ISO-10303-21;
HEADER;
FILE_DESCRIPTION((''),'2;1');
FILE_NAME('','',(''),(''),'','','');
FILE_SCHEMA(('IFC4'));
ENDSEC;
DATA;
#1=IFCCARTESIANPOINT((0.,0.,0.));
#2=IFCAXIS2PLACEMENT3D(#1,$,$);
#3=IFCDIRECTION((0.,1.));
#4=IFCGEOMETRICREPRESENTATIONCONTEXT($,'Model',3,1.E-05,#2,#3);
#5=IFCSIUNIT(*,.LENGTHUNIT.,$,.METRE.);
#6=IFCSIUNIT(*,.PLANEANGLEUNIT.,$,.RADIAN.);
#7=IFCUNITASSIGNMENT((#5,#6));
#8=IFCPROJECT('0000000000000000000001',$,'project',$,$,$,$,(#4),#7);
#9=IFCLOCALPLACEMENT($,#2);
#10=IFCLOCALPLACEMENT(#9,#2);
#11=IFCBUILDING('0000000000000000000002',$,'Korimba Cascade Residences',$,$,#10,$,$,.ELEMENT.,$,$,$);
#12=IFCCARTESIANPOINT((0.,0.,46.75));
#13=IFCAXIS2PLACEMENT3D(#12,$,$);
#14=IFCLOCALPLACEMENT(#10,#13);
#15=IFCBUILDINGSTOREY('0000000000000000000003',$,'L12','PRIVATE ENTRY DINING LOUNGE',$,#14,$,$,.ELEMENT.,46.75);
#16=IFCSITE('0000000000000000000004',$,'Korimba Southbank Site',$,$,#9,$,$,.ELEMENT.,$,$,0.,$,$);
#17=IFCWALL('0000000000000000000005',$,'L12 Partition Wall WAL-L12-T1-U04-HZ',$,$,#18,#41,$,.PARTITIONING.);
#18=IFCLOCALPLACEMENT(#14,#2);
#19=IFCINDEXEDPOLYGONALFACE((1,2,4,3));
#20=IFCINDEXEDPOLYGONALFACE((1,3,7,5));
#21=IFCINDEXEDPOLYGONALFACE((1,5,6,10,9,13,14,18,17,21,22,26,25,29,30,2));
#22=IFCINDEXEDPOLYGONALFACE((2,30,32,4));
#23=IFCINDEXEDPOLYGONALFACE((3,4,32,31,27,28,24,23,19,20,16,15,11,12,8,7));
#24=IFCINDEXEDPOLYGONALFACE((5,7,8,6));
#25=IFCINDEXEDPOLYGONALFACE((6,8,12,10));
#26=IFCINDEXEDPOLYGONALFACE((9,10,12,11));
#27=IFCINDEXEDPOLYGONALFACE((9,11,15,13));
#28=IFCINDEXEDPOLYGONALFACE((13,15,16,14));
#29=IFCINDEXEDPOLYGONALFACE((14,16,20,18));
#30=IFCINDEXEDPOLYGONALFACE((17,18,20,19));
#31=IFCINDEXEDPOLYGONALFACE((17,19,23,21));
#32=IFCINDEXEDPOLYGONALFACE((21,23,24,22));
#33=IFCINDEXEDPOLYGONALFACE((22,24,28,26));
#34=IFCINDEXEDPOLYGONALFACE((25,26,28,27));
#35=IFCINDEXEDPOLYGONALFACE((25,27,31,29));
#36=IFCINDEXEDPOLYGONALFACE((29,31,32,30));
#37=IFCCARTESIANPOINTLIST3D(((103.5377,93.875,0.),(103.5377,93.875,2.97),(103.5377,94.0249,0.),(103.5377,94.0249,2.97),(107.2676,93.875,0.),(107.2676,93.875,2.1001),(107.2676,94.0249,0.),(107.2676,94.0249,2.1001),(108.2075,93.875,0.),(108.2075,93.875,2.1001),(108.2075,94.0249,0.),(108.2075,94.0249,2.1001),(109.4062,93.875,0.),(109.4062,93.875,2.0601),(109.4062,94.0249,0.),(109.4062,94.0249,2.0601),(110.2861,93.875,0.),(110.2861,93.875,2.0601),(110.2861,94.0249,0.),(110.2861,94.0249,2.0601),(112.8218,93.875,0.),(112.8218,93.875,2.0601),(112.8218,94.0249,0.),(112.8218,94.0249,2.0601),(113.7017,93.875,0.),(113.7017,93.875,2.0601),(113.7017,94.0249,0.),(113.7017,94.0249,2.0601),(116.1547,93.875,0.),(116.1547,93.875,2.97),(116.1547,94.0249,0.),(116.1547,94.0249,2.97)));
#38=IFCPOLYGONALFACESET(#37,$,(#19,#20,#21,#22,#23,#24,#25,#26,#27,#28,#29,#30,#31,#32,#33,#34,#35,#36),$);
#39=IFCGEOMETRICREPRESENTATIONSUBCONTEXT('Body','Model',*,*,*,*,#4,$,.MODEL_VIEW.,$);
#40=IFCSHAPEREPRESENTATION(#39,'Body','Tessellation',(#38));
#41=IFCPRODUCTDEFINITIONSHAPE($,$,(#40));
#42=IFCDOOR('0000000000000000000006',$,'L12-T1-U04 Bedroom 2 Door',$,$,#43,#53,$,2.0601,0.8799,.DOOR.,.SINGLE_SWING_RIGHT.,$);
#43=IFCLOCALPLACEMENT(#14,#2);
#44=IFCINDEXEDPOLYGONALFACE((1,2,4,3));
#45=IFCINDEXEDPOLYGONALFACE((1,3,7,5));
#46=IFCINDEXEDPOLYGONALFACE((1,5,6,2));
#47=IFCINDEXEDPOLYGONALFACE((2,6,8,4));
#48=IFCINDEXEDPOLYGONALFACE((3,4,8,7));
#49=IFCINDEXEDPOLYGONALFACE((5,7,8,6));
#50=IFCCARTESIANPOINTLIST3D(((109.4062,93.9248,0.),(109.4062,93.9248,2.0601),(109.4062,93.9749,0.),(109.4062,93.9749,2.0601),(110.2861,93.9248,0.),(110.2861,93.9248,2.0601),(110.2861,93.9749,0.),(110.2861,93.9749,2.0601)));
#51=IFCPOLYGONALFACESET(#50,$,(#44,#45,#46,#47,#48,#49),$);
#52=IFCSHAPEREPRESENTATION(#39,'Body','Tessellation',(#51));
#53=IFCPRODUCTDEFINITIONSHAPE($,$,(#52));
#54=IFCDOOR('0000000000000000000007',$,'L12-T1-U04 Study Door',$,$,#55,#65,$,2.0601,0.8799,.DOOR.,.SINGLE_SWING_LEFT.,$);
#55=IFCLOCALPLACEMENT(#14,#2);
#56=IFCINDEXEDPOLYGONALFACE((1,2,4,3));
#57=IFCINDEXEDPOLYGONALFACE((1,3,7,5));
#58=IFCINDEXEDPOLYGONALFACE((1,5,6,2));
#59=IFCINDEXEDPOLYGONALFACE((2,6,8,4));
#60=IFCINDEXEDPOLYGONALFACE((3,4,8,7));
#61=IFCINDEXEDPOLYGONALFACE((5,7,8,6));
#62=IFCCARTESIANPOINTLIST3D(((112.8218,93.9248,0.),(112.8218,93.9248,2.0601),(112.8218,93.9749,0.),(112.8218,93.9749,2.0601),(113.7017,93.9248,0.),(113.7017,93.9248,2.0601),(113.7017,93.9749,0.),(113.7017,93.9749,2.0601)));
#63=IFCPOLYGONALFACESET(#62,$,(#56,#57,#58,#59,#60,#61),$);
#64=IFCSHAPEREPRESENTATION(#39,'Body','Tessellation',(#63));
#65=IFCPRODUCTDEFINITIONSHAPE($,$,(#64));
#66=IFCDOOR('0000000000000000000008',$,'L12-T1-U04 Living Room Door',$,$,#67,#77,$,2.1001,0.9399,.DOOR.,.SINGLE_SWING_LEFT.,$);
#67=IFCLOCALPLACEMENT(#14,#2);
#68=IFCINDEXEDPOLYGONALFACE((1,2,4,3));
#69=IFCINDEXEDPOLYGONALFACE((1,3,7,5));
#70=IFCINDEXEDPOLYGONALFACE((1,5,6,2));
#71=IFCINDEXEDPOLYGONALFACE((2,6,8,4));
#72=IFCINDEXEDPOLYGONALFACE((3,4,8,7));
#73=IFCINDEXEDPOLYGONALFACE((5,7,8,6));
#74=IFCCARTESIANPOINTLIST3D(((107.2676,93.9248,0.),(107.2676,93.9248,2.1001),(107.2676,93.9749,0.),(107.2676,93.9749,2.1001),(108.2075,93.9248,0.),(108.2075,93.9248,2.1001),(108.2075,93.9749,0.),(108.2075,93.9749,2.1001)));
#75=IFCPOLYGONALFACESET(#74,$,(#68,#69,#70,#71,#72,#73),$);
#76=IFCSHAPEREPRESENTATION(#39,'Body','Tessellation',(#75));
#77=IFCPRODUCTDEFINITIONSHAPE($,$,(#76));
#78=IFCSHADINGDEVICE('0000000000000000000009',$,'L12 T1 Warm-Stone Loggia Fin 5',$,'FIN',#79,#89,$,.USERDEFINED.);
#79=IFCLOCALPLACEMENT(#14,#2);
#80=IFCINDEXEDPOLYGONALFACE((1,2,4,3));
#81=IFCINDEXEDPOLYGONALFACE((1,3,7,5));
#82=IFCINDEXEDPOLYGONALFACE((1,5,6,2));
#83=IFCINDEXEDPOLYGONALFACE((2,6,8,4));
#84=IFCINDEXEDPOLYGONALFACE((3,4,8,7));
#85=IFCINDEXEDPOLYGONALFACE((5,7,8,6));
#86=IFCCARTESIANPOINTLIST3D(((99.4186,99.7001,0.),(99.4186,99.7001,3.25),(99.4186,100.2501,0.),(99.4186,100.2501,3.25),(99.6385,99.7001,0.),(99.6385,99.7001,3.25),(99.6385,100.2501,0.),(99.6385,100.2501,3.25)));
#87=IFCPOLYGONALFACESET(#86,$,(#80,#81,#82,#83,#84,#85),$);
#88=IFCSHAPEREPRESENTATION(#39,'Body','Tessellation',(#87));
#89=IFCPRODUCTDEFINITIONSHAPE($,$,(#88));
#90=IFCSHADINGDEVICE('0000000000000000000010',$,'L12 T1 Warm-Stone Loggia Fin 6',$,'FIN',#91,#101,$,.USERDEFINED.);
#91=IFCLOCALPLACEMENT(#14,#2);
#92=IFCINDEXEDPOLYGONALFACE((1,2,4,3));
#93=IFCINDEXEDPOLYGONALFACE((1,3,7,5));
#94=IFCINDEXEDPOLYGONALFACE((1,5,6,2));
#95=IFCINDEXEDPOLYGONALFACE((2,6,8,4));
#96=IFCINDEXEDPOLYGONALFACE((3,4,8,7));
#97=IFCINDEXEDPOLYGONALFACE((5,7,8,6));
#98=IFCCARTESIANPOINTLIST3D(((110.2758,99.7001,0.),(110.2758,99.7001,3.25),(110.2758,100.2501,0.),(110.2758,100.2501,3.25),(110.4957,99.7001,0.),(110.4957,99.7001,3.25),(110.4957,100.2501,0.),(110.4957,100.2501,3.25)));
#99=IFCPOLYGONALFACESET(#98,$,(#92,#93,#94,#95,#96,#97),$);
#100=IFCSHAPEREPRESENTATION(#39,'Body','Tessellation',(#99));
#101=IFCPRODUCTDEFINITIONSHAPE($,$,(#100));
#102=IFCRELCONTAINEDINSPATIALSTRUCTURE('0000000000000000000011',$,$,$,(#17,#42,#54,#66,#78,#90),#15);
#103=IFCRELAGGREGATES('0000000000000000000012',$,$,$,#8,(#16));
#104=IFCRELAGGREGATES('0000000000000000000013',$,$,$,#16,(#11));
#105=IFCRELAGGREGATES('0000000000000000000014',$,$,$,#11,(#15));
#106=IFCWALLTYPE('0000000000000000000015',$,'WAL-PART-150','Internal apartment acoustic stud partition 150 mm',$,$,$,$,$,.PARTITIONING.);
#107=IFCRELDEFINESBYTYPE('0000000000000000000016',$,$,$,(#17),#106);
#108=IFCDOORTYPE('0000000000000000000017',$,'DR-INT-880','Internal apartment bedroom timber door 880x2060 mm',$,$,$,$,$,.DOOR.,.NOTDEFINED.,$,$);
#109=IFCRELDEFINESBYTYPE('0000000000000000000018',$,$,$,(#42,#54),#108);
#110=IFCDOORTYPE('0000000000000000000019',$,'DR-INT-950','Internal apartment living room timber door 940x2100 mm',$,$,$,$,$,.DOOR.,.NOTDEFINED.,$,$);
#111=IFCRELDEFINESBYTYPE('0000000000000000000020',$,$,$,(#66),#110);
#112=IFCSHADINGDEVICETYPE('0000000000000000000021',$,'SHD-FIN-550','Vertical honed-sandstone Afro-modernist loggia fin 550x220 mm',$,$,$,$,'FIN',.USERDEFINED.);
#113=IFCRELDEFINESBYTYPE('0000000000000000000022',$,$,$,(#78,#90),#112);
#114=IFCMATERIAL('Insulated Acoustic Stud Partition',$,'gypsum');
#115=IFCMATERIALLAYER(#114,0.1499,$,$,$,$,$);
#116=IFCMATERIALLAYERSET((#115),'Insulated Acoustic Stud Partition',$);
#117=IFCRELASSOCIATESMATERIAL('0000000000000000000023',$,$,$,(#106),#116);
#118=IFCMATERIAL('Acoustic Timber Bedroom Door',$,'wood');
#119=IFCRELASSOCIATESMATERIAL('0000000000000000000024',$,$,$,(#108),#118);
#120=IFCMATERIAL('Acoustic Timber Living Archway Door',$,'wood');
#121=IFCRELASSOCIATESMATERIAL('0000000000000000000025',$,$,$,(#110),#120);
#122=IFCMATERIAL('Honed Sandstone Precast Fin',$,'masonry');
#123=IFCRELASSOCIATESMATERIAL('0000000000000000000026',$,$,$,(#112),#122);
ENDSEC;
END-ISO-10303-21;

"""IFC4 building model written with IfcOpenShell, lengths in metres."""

from ifc_helpers import new_model, si_unit, direction, frame, frame_2d, origin, origin_2d, place, context, subcontext, project, spatial, rectangle, extrude, material, layer, layer_set, type_object, element, fill, save


model = new_model("IFC4")

# Units and contexts
model_context = context("Model", 3, precision=1e-05, world=origin(), true_north=direction((0.0, 1.0)))
body_context = subcontext(model_context, "Body", "Model", "MODEL_VIEW")
ifc_project = project(units=[si_unit("LENGTHUNIT", "METRE"), si_unit("PLANEANGLEUNIT", "RADIAN")], contexts=[model_context])

# Site, building, storey
site_placement = place(None, origin())
site = spatial("IfcSite", under=ifc_project, at=site_placement, Name="Korimba Southbank Site", CompositionType="ELEMENT", RefElevation=0.0)
building_placement = place(site_placement, origin())
building = spatial("IfcBuilding", under=site, at=building_placement, Name="Korimba Cascade Residences", CompositionType="ELEMENT")
storey_placement = place(building_placement, frame((0.0, 0.0, 46.75)))
storey = spatial("IfcBuildingStorey", under=building, at=storey_placement, Name="L12", Description="PRIVATE ENTRY DINING LOUNGE", CompositionType="ELEMENT", Elevation=46.75)

# Shared definitions
ifc_material_1 = material(Name="Insulated Acoustic Stud Partition", Category="gypsum")
ifc_layer = layer(ifc_material_1, 0.1499)
ifc_layer_set = layer_set([ifc_layer], Name="Insulated Acoustic Stud Partition")
wall_type = type_object("IfcWallType", Name="WAL-PART-150", Description="Internal apartment acoustic stud partition 150 mm", PredefinedType="PARTITIONING", material=ifc_layer_set)

# Wall, openings, doors
wall_1_placement = place(storey_placement, frame((103.5376, 93.95, 0.0), z_axis=(0.0, 0.0, 1.0), x_axis=(1.0, 0.0, 0.0)))
wall_1 = element("IfcWall", 1, at=wall_1_placement, inside=storey, type_object=wall_type, Name="L12 Partition Wall WAL-L12-T1-U04-HZ", PredefinedType="PARTITIONING", context=body_context, shape_type="SweptSolid", body=[
    extrude(rectangle(XDim=12.6169, YDim=0.1499, at=frame_2d((6.3086, 0.0))), origin(), (0.0, 0.0, 1.0), 2.97),
])
opening_1_placement = place(wall_1_placement, frame((3.73, 0.0, 0.0)))
opening_1 = element("IfcOpeningElement", 2, at=opening_1_placement, cuts=wall_1, PredefinedType="OPENING", context=body_context, shape_type="SweptSolid", body=[
    extrude(rectangle(XDim=0.9399, YDim=2.1001, at=frame_2d((0.47, 1.05))), frame((0.0, 0.085, 0.0), z_axis=(0.0, -1.0, 0.0), x_axis=(1.0, 0.0, 0.0)), (0.0, 0.0, 1.0), 0.1699),
])
opening_2_placement = place(wall_1_placement, frame((5.8687, 0.0, 0.0)))
opening_2 = element("IfcOpeningElement", 3, at=opening_2_placement, cuts=wall_1, PredefinedType="OPENING", context=body_context, shape_type="SweptSolid", body=[
    extrude(rectangle(XDim=0.8799, YDim=2.0601, at=frame_2d((0.4399, 1.03))), frame((0.0, 0.085, 0.0), z_axis=(0.0, -1.0, 0.0), x_axis=(1.0, 0.0, 0.0)), (0.0, 0.0, 1.0), 0.1699),
])
opening_3_placement = place(wall_1_placement, frame((9.2842, 0.0, 0.0)))
opening_3 = element("IfcOpeningElement", 4, at=opening_3_placement, cuts=wall_1, PredefinedType="OPENING", context=body_context, shape_type="SweptSolid", body=[
    extrude(rectangle(XDim=0.8799, YDim=2.0601, at=frame_2d((0.4399, 1.03))), frame((0.0, 0.085, 0.0), z_axis=(0.0, -1.0, 0.0), x_axis=(1.0, 0.0, 0.0)), (0.0, 0.0, 1.0), 0.1699),
])
ifc_material_2 = material(Name="Acoustic Timber Bedroom Door", Category="wood")
door_type_1 = type_object("IfcDoorType", Name="DR-INT-880", Description="Internal apartment bedroom timber door 880x2060 mm", OperationType="NOTDEFINED", PredefinedType="DOOR", material=ifc_material_2)
door_1_placement = place(opening_2_placement, origin())
door_1 = element("IfcDoor", 5, at=door_1_placement, inside=storey, type_object=door_type_1, Name="L12-T1-U04 Bedroom 2 Door", OperationType="SINGLE_SWING_RIGHT", OverallHeight=2.0601, OverallWidth=0.8799, PredefinedType="DOOR", context=body_context, shape_type="SweptSolid", body=[
    extrude(rectangle(XDim=0.8799, YDim=2.0601, at=frame_2d((0.4399, 1.03))), frame((0.0, 0.0249, 0.0), z_axis=(0.0, -1.0, 0.0), x_axis=(1.0, 0.0, 0.0)), (0.0, 0.0, 1.0), 0.05),
])
fill(opening_2, door_1)
door_2_placement = place(opening_3_placement, origin())
door_2 = element("IfcDoor", 6, at=door_2_placement, inside=storey, type_object=door_type_1, Name="L12-T1-U04 Study Door", OperationType="SINGLE_SWING_LEFT", OverallHeight=2.0601, OverallWidth=0.8799, PredefinedType="DOOR", context=body_context, shape_type="SweptSolid", body=[
    extrude(rectangle(XDim=0.8799, YDim=2.0601, at=frame_2d((0.4399, 1.03))), frame((0.0, 0.0249, 0.0), z_axis=(0.0, -1.0, 0.0), x_axis=(1.0, 0.0, 0.0)), (0.0, 0.0, 1.0), 0.05),
])
fill(opening_3, door_2)
ifc_material_3 = material(Name="Acoustic Timber Living Archway Door", Category="wood")
door_type_2 = type_object("IfcDoorType", Name="DR-INT-950", Description="Internal apartment living room timber door 940x2100 mm", OperationType="NOTDEFINED", PredefinedType="DOOR", material=ifc_material_3)
door_3_placement = place(opening_1_placement, origin())
door_3 = element("IfcDoor", 7, at=door_3_placement, inside=storey, type_object=door_type_2, Name="L12-T1-U04 Living Room Door", OperationType="SINGLE_SWING_LEFT", OverallHeight=2.1001, OverallWidth=0.9399, PredefinedType="DOOR", context=body_context, shape_type="SweptSolid", body=[
    extrude(rectangle(XDim=0.9399, YDim=2.1001, at=frame_2d((0.47, 1.05))), frame((0.0, 0.0249, 0.0), z_axis=(0.0, -1.0, 0.0), x_axis=(1.0, 0.0, 0.0)), (0.0, 0.0, 1.0), 0.05),
])
fill(opening_1, door_3)

# Shading devices
ifc_material_4 = material(Name="Honed Sandstone Precast Fin", Category="masonry")
shading_device_type = type_object("IfcShadingDeviceType", Name="SHD-FIN-550", Description="Vertical honed-sandstone Afro-modernist loggia fin 550x220 mm", ElementType="FIN", PredefinedType="USERDEFINED", material=ifc_material_4)
for number, where, z_axis, x_axis, name in (
    (8, (99.5286, 99.9751, 0.0), (0.0, 0.0, 1.0), (1.0, 0.0, 0.0), "L12 T1 Warm-Stone Loggia Fin 5"),
    (9, (110.3857, 99.9751, 0.0), (0.0, 0.0, 1.0), (1.0, 0.0, 0.0), "L12 T1 Warm-Stone Loggia Fin 6"),
):
    element("IfcShadingDevice", number, at=place(storey_placement, frame(where, z_axis=z_axis, x_axis=x_axis)), inside=storey, type_object=shading_device_type, Name=name, ObjectType="FIN", PredefinedType="USERDEFINED", context=body_context, shape_type="SweptSolid", body=[
        extrude(rectangle(XDim=0.22, YDim=0.55, at=origin_2d()), origin(), (0.0, 0.0, 1.0), 3.25),
    ])

save(model, "model.ifc")
